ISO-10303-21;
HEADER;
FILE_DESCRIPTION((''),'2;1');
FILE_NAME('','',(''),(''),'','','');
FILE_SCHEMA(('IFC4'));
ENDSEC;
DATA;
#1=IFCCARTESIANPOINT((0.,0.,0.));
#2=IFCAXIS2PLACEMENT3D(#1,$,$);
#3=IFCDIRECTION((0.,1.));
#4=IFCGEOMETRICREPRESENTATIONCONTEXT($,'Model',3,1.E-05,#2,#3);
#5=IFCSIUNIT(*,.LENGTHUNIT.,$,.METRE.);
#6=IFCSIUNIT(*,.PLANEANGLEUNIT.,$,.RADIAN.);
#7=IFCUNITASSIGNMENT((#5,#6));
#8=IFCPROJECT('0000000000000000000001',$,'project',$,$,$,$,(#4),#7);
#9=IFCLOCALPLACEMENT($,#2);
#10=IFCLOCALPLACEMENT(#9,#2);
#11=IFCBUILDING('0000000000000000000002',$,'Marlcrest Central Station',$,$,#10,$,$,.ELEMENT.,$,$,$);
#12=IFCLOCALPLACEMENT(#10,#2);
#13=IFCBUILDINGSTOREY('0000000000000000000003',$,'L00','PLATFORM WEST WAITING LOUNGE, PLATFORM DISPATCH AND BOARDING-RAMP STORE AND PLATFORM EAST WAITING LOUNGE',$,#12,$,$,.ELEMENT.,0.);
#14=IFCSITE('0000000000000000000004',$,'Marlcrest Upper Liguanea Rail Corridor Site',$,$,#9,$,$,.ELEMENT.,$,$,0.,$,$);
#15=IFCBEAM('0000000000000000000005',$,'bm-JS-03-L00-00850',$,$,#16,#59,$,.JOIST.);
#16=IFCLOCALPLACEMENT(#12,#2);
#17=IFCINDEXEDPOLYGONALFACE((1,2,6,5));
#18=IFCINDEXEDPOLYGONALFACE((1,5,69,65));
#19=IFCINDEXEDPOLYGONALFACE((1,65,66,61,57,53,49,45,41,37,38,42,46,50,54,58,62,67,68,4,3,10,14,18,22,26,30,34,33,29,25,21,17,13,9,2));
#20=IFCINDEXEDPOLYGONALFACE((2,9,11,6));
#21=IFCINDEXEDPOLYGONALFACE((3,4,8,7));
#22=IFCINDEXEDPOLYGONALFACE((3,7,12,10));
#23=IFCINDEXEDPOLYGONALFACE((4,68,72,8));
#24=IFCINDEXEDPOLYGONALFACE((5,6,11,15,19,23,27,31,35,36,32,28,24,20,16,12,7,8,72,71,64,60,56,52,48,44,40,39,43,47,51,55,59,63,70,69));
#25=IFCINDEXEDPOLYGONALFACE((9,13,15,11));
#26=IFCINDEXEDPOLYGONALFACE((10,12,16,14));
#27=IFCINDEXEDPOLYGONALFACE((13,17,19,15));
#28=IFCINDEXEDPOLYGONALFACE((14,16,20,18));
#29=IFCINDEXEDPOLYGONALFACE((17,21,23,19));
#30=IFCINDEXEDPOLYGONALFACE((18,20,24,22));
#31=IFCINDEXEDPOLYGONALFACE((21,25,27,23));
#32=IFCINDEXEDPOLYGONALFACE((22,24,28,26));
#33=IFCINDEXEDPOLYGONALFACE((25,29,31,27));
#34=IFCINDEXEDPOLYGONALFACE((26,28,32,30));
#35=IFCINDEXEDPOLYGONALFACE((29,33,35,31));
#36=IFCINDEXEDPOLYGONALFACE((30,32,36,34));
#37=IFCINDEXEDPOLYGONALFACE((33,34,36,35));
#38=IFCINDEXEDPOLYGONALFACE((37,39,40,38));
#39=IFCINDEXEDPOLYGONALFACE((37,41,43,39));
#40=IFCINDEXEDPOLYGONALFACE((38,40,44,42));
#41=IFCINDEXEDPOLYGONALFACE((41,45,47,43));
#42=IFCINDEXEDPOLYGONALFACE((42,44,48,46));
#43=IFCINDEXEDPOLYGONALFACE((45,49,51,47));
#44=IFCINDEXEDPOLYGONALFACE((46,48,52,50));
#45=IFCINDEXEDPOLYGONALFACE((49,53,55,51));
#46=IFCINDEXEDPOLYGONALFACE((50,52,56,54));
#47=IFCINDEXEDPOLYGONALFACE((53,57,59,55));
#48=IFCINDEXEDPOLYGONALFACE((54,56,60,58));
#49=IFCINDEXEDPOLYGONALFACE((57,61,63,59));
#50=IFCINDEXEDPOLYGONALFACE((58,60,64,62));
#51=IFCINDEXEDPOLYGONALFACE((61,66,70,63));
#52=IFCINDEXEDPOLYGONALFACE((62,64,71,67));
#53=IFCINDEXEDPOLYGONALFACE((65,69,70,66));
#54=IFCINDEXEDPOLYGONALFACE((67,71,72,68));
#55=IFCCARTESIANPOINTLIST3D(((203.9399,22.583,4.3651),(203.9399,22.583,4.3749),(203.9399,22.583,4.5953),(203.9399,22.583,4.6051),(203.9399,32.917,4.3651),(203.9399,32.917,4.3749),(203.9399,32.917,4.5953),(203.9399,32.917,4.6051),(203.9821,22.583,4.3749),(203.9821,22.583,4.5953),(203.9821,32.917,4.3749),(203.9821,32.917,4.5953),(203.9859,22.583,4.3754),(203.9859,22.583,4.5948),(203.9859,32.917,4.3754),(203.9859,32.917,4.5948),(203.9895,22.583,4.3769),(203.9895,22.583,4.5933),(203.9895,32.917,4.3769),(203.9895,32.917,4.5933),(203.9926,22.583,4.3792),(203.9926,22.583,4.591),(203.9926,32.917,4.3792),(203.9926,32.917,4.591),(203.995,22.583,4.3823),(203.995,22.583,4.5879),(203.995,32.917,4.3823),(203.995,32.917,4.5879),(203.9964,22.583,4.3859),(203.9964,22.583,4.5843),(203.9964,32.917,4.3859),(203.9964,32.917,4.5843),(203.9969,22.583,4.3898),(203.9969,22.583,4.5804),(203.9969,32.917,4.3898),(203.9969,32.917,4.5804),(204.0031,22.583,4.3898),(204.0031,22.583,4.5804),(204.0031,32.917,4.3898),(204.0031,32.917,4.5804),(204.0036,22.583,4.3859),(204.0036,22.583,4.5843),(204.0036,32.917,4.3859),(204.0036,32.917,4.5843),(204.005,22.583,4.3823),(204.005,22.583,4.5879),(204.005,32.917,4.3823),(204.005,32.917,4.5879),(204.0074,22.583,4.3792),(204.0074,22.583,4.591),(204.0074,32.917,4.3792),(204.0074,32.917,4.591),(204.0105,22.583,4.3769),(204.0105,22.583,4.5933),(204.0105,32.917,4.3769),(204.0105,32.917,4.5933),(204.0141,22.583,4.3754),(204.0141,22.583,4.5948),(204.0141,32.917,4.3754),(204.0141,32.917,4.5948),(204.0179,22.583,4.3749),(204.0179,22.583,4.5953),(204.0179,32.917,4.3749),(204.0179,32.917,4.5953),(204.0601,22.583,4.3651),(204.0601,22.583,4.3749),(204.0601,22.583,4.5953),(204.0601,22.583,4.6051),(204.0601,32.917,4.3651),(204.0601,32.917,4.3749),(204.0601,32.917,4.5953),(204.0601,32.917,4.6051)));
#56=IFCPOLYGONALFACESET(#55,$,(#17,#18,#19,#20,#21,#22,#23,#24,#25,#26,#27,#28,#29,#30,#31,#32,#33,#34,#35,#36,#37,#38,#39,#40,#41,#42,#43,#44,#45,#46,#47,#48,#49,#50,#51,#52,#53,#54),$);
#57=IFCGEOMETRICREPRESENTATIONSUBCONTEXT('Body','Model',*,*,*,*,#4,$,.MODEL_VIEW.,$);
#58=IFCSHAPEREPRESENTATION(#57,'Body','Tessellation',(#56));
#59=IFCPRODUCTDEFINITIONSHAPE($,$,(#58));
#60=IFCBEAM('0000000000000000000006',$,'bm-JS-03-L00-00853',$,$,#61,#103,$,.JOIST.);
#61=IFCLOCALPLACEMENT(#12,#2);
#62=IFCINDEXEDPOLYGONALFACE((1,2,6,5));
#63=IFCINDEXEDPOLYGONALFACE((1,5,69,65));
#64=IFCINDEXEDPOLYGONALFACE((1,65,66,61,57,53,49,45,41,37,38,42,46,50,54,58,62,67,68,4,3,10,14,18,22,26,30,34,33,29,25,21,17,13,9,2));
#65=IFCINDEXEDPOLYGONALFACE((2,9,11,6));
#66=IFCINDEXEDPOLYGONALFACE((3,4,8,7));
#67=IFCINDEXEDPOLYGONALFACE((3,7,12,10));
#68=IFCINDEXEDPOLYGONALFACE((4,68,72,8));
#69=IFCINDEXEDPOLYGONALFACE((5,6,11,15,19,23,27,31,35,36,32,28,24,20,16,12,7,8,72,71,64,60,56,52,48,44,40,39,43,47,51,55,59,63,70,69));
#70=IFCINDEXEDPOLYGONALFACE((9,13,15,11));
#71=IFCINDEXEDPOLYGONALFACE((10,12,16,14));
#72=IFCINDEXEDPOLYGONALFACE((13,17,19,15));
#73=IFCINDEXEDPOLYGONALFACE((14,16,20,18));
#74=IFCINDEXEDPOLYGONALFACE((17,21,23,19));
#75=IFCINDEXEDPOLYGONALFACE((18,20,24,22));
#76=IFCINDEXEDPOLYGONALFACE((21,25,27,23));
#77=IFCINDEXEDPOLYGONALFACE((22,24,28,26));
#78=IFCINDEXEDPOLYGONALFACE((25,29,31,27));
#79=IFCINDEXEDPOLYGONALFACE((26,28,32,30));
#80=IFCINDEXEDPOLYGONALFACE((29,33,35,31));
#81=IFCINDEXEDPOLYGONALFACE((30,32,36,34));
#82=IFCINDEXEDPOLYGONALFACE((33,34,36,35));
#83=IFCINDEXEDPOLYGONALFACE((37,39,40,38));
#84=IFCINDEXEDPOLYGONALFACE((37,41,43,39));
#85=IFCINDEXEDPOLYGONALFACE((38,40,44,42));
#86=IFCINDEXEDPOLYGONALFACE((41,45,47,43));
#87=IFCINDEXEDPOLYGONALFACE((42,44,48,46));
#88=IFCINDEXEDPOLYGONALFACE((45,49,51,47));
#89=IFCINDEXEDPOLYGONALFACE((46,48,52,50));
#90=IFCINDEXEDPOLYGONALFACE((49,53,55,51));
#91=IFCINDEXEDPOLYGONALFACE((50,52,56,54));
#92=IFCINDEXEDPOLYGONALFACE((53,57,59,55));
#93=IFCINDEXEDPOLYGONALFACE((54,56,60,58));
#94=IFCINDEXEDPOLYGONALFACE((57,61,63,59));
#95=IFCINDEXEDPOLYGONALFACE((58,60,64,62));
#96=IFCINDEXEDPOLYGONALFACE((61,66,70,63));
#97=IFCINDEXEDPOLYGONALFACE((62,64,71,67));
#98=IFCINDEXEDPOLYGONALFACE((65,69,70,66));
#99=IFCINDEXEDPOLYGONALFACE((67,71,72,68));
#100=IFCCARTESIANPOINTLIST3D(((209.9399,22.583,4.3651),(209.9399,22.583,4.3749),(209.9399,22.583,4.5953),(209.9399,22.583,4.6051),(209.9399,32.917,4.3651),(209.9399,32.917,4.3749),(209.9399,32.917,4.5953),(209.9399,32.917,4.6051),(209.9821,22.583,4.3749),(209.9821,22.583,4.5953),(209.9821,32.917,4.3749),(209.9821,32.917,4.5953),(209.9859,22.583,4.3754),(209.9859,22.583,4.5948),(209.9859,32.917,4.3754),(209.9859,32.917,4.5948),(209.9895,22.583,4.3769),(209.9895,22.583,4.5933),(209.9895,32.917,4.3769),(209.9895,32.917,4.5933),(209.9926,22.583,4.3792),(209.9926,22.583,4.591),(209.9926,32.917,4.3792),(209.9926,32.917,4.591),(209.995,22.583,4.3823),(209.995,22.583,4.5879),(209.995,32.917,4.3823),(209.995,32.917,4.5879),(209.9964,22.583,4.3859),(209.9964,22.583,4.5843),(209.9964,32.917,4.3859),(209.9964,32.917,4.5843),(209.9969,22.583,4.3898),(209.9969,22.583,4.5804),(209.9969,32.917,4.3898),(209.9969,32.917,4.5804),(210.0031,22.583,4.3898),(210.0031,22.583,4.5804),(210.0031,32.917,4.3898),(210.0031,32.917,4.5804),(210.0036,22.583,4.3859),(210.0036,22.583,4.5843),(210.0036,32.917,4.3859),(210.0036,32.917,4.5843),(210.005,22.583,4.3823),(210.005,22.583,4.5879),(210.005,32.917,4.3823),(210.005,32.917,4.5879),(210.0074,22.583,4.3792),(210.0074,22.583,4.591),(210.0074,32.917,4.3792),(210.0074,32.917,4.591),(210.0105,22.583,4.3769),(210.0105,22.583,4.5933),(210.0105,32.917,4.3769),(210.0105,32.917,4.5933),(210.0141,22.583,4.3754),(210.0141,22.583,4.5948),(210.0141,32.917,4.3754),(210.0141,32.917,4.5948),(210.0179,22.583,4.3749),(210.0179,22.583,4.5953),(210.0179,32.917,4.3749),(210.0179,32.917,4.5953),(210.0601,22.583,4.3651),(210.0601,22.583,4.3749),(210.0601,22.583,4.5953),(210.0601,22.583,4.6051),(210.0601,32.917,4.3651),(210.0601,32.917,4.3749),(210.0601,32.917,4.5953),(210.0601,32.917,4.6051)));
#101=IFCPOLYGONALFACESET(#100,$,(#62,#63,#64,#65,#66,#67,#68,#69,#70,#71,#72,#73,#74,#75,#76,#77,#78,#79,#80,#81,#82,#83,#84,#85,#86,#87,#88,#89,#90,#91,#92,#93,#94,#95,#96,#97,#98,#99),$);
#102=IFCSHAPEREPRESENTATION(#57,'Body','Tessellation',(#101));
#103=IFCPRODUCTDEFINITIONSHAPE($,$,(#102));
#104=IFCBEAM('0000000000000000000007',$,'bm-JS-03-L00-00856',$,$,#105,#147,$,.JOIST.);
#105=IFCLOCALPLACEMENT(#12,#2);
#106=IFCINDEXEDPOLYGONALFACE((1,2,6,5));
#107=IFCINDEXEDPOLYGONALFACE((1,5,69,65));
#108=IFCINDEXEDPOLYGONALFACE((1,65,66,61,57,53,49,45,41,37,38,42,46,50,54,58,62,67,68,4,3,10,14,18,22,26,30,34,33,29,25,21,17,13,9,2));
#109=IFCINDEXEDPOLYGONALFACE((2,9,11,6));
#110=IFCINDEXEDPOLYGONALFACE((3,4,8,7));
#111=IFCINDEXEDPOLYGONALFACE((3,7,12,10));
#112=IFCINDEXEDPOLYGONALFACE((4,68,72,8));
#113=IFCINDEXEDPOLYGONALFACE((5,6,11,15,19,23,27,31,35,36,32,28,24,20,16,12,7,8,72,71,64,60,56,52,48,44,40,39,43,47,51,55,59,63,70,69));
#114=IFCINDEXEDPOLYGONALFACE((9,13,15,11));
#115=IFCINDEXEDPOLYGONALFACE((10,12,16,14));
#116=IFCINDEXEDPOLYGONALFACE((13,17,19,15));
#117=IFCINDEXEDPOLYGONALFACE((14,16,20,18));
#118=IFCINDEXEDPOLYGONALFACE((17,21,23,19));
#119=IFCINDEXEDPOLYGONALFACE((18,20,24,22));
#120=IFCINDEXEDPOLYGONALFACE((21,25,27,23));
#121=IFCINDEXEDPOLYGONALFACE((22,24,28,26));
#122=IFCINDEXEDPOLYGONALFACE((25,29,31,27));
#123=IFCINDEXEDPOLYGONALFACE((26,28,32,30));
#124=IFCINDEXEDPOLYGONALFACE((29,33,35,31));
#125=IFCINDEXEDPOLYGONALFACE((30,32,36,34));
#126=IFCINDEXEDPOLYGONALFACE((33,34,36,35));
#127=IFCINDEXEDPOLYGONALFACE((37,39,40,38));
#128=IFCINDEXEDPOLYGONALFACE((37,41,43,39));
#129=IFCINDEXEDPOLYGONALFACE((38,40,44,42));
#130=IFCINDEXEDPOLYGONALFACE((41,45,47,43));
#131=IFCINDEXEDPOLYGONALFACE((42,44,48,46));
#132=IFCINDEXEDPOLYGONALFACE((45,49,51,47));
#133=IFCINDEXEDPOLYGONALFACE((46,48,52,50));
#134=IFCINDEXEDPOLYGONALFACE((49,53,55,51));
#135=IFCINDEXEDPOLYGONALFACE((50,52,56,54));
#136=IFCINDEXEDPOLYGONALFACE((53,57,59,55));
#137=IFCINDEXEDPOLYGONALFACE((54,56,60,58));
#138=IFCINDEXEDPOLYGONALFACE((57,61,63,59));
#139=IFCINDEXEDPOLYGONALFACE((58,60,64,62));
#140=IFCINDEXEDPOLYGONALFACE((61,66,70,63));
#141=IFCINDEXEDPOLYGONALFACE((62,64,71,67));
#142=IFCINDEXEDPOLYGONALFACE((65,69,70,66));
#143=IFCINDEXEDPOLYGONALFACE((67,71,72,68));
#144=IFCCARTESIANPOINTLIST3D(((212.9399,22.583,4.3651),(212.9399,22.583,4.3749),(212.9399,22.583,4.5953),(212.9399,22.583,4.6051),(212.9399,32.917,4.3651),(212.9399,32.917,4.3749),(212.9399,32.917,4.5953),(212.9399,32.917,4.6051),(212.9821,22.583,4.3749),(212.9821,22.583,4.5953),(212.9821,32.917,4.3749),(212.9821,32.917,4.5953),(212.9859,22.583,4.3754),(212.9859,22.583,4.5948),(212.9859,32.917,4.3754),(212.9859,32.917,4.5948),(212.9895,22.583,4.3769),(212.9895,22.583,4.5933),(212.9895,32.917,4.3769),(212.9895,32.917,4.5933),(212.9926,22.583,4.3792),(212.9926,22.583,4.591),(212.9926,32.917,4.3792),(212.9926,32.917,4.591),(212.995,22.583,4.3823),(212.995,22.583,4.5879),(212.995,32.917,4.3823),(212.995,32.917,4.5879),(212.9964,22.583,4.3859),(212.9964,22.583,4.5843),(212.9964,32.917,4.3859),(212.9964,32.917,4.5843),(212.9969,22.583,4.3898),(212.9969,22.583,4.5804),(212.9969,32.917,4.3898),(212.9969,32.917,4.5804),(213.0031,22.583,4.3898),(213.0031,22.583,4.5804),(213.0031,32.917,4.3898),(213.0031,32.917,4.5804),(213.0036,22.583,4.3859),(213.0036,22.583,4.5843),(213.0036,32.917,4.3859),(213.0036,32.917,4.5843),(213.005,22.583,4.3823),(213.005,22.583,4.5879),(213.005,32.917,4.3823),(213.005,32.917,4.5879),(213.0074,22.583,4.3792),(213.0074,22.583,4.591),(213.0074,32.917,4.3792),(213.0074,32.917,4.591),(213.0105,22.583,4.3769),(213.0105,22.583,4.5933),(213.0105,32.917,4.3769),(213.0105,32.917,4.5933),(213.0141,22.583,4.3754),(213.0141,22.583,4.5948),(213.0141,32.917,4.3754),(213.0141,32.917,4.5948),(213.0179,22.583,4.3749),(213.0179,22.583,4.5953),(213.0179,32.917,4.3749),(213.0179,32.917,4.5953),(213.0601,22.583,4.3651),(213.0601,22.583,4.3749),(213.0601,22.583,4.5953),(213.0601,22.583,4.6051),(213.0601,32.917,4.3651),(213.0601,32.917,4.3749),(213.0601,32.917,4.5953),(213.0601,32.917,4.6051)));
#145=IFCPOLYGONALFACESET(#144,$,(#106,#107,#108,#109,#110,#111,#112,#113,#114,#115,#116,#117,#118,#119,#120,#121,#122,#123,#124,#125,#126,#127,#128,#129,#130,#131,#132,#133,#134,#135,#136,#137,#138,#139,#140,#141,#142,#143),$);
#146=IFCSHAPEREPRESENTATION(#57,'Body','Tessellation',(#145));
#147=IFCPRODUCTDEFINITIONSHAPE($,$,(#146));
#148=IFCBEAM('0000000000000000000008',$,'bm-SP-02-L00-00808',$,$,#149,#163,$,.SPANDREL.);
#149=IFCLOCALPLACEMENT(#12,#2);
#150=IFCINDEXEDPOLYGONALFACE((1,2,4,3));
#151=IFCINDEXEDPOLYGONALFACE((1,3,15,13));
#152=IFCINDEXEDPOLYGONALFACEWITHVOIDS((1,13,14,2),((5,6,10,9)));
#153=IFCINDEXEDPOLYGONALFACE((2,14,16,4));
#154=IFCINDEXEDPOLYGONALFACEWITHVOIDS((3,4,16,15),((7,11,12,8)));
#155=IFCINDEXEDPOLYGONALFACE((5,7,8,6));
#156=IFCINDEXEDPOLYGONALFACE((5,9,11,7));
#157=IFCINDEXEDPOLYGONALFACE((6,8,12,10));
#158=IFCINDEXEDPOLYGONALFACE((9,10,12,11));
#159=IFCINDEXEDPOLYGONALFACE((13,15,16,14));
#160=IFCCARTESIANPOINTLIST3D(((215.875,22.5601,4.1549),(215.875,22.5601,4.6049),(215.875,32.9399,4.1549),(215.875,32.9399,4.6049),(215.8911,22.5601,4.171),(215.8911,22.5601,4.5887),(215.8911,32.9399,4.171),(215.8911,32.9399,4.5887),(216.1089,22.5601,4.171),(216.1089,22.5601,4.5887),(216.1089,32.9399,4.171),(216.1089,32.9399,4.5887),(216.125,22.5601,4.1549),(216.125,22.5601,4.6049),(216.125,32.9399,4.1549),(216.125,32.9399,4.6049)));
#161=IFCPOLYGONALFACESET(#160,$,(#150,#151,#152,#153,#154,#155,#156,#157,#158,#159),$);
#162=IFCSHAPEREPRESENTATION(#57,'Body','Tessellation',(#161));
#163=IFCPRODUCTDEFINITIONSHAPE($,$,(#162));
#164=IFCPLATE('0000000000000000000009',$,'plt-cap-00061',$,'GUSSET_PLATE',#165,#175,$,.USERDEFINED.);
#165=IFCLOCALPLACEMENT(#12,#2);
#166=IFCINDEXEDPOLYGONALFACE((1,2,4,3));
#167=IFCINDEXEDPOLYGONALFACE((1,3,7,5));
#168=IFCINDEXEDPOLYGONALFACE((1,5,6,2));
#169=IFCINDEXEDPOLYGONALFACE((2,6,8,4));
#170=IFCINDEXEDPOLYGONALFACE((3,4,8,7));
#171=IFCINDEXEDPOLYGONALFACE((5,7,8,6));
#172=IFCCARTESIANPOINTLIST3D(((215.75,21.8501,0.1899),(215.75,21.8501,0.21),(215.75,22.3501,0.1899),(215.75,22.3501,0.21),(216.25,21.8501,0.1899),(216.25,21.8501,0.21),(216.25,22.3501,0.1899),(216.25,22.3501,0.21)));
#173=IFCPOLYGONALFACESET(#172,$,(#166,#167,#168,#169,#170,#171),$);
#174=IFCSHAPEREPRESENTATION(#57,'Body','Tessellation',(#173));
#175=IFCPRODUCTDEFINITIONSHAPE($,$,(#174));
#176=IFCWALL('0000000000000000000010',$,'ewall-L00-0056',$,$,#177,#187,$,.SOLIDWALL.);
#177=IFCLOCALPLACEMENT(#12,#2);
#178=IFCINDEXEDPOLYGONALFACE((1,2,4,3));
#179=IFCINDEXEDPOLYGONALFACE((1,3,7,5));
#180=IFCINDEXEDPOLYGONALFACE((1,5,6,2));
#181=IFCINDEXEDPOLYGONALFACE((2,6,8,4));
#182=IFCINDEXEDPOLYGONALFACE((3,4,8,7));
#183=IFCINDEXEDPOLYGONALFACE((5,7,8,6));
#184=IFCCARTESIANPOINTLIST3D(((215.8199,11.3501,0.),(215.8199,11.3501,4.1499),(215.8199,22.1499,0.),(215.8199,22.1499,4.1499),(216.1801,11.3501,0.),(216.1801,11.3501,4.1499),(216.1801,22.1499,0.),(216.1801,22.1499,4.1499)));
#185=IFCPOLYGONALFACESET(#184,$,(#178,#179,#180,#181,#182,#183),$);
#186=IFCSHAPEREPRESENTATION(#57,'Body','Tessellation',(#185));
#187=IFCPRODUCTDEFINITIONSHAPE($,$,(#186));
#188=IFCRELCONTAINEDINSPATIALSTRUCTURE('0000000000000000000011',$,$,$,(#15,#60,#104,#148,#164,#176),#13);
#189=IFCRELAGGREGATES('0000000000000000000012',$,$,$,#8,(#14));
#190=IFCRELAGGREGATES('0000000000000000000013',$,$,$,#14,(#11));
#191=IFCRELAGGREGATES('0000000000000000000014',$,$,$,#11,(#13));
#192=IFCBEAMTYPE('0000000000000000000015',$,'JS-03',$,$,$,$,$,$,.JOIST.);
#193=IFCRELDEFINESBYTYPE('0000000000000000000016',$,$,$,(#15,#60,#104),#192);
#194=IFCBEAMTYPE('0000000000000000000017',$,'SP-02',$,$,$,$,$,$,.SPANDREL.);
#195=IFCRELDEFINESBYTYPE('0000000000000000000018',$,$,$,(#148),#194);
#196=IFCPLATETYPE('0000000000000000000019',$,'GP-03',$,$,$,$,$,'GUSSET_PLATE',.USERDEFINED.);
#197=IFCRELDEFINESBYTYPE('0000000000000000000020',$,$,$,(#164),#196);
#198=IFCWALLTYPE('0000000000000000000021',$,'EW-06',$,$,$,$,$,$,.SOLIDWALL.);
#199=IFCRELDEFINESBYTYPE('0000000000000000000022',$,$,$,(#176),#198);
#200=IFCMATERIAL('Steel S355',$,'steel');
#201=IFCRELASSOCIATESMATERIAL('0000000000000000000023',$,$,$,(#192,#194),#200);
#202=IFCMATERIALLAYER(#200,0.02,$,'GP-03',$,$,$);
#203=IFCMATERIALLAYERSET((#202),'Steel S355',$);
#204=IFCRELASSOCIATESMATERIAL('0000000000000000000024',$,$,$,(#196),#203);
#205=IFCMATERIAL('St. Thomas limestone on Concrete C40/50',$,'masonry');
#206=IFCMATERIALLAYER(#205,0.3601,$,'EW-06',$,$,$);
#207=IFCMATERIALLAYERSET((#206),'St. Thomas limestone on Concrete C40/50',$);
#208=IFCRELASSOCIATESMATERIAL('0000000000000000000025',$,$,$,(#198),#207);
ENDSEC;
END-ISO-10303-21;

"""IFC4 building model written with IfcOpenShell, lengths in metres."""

from ifc_helpers import new_model, si_unit, direction, frame, frame_2d, origin, origin_2d, place, context, subcontext, project, spatial, rectangle, hollow_rectangle, i_section, extrude, material, layer, layer_set, material_profile, profile_set, type_object, element, save


model = new_model("IFC4")

# Units and contexts
model_context = context("Model", 3, precision=1e-05, world=origin(), true_north=direction((0.0, 1.0)))
body_context = subcontext(model_context, "Body", "Model", "MODEL_VIEW")
ifc_project = project(units=[si_unit("LENGTHUNIT", "METRE"), si_unit("PLANEANGLEUNIT", "RADIAN")], contexts=[model_context])

# Site, building, storey
site_placement = place(None, origin())
site = spatial("IfcSite", under=ifc_project, at=site_placement, Name="Marlcrest Upper Liguanea Rail Corridor Site", CompositionType="ELEMENT", RefElevation=0.0)
building_placement = place(site_placement, origin())
building = spatial("IfcBuilding", under=site, at=building_placement, Name="Marlcrest Central Station", CompositionType="ELEMENT")
storey_placement = place(building_placement, origin())
storey = spatial("IfcBuildingStorey", under=building, at=storey_placement, Name="L00", Description="PLATFORM WEST WAITING LOUNGE, PLATFORM DISPATCH AND BOARDING-RAMP STORE AND PLATFORM EAST WAITING LOUNGE", CompositionType="ELEMENT", Elevation=0.0)

# Shared definitions
ifc_material_1 = material(Name="Steel S355", Category="steel")

# Beams
ifc_material_profile_1 = material_profile(ifc_material_1, i_section(OverallWidth=0.1201, OverallDepth=0.24, WebThickness=0.0061, FlangeThickness=0.0098, FilletRadius=0.0149, at=origin_2d()), Name="IPE 240")
ifc_profile_set_1 = profile_set([ifc_material_profile_1], Name="Steel S355")
beam_type_1 = type_object("IfcBeamType", Name="JS-03", PredefinedType="JOIST", material=ifc_profile_set_1)
for number, where, z_axis, x_axis, name in (
    (1, (204.0, 22.583, 4.4851), (0.0, 1.0, 0.0), (-1.0, 0.0, 0.0), "bm-JS-03-L00-00850"),
    (2, (210.0, 22.583, 4.4851), (0.0, 1.0, 0.0), (-1.0, 0.0, 0.0), "bm-JS-03-L00-00853"),
    (3, (213.0, 22.583, 4.4851), (0.0, 1.0, 0.0), (-1.0, 0.0, 0.0), "bm-JS-03-L00-00856"),
):
    element("IfcBeam", number, at=place(storey_placement, frame(where, z_axis=z_axis, x_axis=x_axis)), inside=storey, type_object=beam_type_1, Name=name, PredefinedType="JOIST", context=body_context, shape_type="SweptSolid", body=[
        extrude(i_section(OverallWidth=0.1201, OverallDepth=0.24, WebThickness=0.0061, FlangeThickness=0.0098, FilletRadius=0.0149, at=origin_2d()), origin(), (0.0, 0.0, 1.0), 10.334),
    ])
ifc_material_profile_2 = material_profile(ifc_material_1, hollow_rectangle(XDim=0.25, YDim=0.45, WallThickness=0.0161, at=origin_2d()), Name="RHS 450x250x16")
ifc_profile_set_2 = profile_set([ifc_material_profile_2], Name="Steel S355")
beam_type_2 = type_object("IfcBeamType", Name="SP-02", PredefinedType="SPANDREL", material=ifc_profile_set_2)
beam_1_placement = place(storey_placement, frame((216.0, 22.5601, 4.3799), z_axis=(0.0, 1.0, 0.0), x_axis=(-1.0, 0.0, 0.0)))
element("IfcBeam", 4, at=beam_1_placement, inside=storey, type_object=beam_type_2, Name="bm-SP-02-L00-00808", PredefinedType="SPANDREL", context=body_context, shape_type="SweptSolid", body=[
    extrude(hollow_rectangle(XDim=0.25, YDim=0.45, WallThickness=0.0161, at=origin_2d()), origin(), (0.0, 0.0, 1.0), 10.3799),
])

# Plate
ifc_layer_1 = layer(ifc_material_1, 0.02, Name="GP-03")
ifc_layer_set_1 = layer_set([ifc_layer_1], Name="Steel S355")
plate_type = type_object("IfcPlateType", Name="GP-03", ElementType="GUSSET_PLATE", PredefinedType="USERDEFINED", material=ifc_layer_set_1)
plate_placement = place(storey_placement, frame((216.0, 22.1001, 0.1899), z_axis=(0.0, 0.0, 1.0), x_axis=(1.0, 0.0, 0.0)))
element("IfcPlate", 5, at=plate_placement, inside=storey, type_object=plate_type, Name="plt-cap-00061", ObjectType="GUSSET_PLATE", PredefinedType="USERDEFINED", context=body_context, shape_type="SweptSolid", body=[
    extrude(rectangle(XDim=0.5, YDim=0.5, at=origin_2d()), origin(), (0.0, 0.0, 1.0), 0.02),
])

# Wall
ifc_material_2 = material(Name="St. Thomas limestone on Concrete C40/50", Category="masonry")
ifc_layer_2 = layer(ifc_material_2, 0.3601, Name="EW-06")
ifc_layer_set_2 = layer_set([ifc_layer_2], Name="St. Thomas limestone on Concrete C40/50")
wall_type_1 = type_object("IfcWallType", Name="EW-06", PredefinedType="SOLIDWALL", material=ifc_layer_set_2)
wall_1_placement = place(storey_placement, frame((216.0, 22.1499, 0.0), z_axis=(0.0, 0.0, 1.0), x_axis=(0.0, -1.0, 0.0)))
element("IfcWall", 6, at=wall_1_placement, inside=storey, type_object=wall_type_1, Name="ewall-L00-0056", PredefinedType="SOLIDWALL", context=body_context, shape_type="SweptSolid", body=[
    extrude(rectangle(XDim=10.7998, YDim=0.3601, at=frame_2d((5.3999, 0.0))), origin(), (0.0, 0.0, 1.0), 4.1499),
])

save(model, "model.ifc")
